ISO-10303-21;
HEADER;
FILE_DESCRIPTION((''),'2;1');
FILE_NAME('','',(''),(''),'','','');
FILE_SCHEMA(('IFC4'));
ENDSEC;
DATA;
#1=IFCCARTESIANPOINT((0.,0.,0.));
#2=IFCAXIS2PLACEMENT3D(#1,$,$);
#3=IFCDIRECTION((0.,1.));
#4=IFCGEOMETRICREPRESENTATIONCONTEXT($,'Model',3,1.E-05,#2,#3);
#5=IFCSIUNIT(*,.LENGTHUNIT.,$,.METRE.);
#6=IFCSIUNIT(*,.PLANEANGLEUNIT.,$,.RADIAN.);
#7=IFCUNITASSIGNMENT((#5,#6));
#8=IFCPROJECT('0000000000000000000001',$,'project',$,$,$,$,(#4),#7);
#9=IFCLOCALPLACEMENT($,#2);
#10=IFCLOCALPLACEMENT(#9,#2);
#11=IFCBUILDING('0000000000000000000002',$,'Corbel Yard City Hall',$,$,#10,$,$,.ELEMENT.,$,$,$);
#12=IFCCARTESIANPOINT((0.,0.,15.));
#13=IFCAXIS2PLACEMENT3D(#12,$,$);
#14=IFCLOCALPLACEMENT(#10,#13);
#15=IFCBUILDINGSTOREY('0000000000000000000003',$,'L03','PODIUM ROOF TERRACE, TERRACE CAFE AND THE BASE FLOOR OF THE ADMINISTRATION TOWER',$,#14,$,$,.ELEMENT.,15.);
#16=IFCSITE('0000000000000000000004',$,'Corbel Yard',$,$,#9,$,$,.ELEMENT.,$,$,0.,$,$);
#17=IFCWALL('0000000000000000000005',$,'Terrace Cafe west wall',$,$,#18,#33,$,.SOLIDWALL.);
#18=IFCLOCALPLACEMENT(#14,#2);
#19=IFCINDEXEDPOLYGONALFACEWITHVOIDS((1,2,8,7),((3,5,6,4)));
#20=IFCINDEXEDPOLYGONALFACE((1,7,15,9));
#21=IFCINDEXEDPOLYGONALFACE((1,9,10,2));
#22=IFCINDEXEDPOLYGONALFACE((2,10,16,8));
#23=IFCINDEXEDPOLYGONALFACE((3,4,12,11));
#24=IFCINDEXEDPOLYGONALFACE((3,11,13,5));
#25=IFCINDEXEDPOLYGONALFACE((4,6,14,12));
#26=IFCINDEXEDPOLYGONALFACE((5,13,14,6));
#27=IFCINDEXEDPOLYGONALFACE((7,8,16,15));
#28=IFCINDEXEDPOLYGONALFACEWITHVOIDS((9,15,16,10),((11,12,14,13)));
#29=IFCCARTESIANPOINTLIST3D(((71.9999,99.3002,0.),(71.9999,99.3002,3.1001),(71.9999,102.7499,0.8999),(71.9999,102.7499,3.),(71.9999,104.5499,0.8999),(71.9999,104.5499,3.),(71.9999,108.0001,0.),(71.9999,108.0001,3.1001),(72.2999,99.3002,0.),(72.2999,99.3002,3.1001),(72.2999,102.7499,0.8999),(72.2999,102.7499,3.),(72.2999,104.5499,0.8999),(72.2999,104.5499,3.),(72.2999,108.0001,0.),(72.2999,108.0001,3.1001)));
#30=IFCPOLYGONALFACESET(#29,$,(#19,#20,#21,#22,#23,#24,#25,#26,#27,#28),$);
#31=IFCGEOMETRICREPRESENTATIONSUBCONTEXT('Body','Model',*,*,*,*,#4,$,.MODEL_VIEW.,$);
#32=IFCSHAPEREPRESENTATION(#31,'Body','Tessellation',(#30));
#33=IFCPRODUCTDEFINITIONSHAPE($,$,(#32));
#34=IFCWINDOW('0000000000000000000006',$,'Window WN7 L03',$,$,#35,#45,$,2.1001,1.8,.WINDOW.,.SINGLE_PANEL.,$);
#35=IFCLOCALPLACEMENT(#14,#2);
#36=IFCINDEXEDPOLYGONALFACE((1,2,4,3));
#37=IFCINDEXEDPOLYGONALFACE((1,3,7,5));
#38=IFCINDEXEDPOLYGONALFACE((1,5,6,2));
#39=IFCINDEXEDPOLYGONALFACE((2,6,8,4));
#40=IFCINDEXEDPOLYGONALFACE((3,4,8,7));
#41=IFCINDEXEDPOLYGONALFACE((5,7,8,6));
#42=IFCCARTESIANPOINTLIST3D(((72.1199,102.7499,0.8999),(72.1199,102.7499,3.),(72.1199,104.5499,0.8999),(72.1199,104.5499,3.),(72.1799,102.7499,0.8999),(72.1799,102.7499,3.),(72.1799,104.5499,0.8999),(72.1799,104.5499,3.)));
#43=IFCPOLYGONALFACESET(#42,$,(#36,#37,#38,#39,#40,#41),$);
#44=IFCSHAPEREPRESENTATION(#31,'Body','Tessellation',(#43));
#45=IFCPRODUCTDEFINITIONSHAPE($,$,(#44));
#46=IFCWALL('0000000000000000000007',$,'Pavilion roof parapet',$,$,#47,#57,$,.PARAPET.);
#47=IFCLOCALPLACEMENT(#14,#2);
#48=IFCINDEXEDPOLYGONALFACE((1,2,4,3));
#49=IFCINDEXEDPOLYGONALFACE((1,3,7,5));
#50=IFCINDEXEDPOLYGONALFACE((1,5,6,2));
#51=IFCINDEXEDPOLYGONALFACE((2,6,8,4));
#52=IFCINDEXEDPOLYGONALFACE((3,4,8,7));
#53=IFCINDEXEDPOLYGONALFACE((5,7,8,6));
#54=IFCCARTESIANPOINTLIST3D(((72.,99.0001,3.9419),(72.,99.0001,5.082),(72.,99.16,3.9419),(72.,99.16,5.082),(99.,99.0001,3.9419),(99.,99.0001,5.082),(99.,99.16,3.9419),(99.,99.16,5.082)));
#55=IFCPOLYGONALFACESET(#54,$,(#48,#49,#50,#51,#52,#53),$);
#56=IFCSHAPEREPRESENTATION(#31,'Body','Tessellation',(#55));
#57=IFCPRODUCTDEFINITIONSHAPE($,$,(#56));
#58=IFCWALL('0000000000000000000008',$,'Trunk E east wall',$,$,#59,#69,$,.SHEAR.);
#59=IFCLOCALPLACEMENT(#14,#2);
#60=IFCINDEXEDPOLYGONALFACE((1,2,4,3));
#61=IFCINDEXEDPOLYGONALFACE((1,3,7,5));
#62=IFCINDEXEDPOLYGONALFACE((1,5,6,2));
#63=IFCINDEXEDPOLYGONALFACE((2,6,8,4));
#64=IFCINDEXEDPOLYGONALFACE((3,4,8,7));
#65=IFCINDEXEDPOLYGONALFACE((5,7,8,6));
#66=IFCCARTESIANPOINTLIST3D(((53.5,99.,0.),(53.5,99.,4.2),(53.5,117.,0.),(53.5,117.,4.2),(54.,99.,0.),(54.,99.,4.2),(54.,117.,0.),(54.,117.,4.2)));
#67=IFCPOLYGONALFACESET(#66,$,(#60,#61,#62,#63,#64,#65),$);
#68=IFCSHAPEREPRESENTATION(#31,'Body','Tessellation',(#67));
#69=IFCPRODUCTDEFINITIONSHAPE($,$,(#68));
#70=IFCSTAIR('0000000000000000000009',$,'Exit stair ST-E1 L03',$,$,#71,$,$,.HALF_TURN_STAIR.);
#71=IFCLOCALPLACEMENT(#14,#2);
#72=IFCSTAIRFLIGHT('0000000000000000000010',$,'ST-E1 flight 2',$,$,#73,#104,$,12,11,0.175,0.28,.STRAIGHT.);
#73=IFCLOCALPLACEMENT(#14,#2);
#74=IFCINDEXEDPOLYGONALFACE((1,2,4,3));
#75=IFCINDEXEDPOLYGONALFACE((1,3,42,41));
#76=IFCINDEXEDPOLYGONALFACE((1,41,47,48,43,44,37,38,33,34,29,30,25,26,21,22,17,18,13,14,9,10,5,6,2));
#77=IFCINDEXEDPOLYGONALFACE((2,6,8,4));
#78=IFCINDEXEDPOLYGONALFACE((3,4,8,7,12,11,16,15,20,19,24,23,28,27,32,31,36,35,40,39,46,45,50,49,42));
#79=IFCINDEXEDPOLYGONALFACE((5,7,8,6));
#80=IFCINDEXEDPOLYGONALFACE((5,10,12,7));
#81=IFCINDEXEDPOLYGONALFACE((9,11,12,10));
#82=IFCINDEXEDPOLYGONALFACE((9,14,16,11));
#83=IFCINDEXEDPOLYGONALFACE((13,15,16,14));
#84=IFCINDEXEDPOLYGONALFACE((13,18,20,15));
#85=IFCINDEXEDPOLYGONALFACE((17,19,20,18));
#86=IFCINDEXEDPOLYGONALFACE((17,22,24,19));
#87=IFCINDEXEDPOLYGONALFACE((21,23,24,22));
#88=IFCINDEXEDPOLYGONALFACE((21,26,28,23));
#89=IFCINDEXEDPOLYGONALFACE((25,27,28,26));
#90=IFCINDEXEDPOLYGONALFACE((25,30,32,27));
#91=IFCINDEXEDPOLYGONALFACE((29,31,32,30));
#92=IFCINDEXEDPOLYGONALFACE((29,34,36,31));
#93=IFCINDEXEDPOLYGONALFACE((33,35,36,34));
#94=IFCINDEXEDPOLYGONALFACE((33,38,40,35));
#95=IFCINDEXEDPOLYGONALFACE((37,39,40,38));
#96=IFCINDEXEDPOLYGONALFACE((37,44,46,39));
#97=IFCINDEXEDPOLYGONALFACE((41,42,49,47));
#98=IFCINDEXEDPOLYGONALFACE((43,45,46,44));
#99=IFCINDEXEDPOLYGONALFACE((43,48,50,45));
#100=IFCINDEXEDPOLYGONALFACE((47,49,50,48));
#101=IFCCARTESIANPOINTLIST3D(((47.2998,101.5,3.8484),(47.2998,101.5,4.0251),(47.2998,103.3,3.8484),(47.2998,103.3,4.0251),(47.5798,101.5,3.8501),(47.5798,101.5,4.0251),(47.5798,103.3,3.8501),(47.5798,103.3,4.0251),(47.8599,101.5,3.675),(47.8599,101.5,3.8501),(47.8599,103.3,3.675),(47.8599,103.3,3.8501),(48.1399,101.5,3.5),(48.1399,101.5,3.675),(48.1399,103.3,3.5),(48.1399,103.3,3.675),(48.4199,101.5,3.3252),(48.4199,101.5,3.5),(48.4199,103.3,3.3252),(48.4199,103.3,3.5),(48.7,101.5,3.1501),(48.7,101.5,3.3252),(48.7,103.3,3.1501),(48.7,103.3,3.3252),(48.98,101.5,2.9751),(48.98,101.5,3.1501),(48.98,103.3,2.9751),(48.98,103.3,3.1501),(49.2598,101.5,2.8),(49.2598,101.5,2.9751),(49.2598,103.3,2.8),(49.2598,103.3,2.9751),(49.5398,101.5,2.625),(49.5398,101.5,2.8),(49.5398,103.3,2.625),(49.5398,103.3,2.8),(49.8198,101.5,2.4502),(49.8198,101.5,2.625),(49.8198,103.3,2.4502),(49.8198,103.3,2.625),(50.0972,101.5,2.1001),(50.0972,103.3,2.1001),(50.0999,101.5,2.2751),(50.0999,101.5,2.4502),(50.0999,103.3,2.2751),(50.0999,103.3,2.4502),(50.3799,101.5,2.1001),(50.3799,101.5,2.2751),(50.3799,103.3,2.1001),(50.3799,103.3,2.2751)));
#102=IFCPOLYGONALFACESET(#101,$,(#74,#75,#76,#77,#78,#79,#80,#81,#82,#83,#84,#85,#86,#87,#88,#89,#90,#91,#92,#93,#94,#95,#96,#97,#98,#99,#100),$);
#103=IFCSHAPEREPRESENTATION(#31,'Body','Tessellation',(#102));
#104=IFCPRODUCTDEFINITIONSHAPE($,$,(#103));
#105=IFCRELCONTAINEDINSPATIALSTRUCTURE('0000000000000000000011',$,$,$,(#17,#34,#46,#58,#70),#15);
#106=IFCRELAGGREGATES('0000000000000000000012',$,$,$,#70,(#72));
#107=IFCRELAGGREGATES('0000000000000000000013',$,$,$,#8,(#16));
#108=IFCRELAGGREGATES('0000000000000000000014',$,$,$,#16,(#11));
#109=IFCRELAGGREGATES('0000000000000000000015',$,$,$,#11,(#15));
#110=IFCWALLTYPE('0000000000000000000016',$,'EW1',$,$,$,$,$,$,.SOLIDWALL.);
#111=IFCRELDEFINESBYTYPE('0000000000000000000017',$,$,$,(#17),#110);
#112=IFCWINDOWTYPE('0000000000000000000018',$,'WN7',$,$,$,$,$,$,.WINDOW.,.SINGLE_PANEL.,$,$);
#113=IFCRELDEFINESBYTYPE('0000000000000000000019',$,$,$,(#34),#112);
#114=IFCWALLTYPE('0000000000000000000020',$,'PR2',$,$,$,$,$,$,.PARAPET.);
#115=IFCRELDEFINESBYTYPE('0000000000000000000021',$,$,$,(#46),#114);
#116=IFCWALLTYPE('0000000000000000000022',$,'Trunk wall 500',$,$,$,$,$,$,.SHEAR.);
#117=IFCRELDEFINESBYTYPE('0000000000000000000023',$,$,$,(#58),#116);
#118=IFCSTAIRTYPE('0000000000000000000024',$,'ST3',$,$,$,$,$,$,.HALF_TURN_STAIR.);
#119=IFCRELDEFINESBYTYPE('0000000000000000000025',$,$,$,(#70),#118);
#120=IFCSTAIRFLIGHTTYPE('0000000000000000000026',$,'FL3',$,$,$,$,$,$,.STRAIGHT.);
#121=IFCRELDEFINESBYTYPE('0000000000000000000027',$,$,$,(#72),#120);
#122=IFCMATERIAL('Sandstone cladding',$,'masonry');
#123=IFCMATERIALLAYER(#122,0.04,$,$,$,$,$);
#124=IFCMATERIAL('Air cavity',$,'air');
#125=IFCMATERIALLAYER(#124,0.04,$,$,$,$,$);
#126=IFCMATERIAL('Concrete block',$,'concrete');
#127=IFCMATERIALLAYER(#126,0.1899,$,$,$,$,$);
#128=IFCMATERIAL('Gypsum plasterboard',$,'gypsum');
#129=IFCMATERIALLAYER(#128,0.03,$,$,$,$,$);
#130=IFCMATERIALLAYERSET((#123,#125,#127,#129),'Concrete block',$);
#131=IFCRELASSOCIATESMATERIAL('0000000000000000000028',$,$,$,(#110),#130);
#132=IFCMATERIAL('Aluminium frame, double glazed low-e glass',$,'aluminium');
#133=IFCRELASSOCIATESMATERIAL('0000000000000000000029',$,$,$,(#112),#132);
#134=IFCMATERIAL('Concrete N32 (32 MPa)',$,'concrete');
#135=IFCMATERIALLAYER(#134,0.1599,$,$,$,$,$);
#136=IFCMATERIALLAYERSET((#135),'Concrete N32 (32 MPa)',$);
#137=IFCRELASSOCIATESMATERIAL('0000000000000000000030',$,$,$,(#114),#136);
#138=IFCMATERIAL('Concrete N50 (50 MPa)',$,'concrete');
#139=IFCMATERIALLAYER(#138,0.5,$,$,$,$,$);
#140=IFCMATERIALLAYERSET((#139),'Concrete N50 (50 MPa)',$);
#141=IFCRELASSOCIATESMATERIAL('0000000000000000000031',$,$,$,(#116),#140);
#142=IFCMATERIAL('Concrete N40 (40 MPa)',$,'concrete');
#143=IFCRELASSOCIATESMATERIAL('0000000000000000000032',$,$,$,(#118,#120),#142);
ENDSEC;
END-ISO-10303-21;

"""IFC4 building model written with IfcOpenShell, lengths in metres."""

from ifc_helpers import new_model, si_unit, direction, frame, frame_2d, origin, place, context, subcontext, project, spatial, polyline, rectangle, outline, extrude, material, layer, layer_set, type_object, element, fill, aggregate, save


model = new_model("IFC4")

# Units and contexts
model_context = context("Model", 3, precision=1e-05, world=origin(), true_north=direction((0.0, 1.0)))
body_context = subcontext(model_context, "Body", "Model", "MODEL_VIEW")
ifc_project = project(units=[si_unit("LENGTHUNIT", "METRE"), si_unit("PLANEANGLEUNIT", "RADIAN")], contexts=[model_context])

# Site, building, storey
site_placement = place(None, origin())
site = spatial("IfcSite", under=ifc_project, at=site_placement, Name="Corbel Yard", CompositionType="ELEMENT", RefElevation=0.0)
building_placement = place(site_placement, origin())
building = spatial("IfcBuilding", under=site, at=building_placement, Name="Corbel Yard City Hall", CompositionType="ELEMENT")
storey_placement = place(building_placement, frame((0.0, 0.0, 15.0)))
storey = spatial("IfcBuildingStorey", under=building, at=storey_placement, Name="L03", Description="PODIUM ROOF TERRACE, TERRACE CAFE AND THE BASE FLOOR OF THE ADMINISTRATION TOWER", CompositionType="ELEMENT", Elevation=15.0)

# Wall, opening, window
ifc_material_1 = material(Name="Sandstone cladding", Category="masonry")
ifc_layer_1 = layer(ifc_material_1, 0.04)
ifc_material_2 = material(Name="Air cavity", Category="air")
ifc_layer_2 = layer(ifc_material_2, 0.04)
ifc_material_3 = material(Name="Concrete block", Category="concrete")
ifc_layer_3 = layer(ifc_material_3, 0.1899)
ifc_material_4 = material(Name="Gypsum plasterboard", Category="gypsum")
ifc_layer_4 = layer(ifc_material_4, 0.03)
ifc_layer_set_1 = layer_set([ifc_layer_1, ifc_layer_2, ifc_layer_3, ifc_layer_4], Name="Concrete block")
wall_type_1 = type_object("IfcWallType", Name="EW1", PredefinedType="SOLIDWALL", material=ifc_layer_set_1)
wall_1_placement = place(storey_placement, frame((72.1499, 99.3, 0.0), z_axis=(0.0, 0.0, 1.0), x_axis=(0.0, 1.0, 0.0)))
wall_1 = element("IfcWall", 1, at=wall_1_placement, inside=storey, type_object=wall_type_1, Name="Terrace Cafe west wall", PredefinedType="SOLIDWALL", context=body_context, shape_type="SweptSolid", body=[
    extrude(rectangle(XDim=8.7, YDim=0.3, at=frame_2d((4.3501, 0.0))), origin(), (0.0, 0.0, 1.0), 3.1001),
])
opening_1_placement = place(wall_1_placement, frame((3.45, 0.0, 0.8999)))
opening_1 = element("IfcOpeningElement", 2, at=opening_1_placement, cuts=wall_1, PredefinedType="OPENING", context=body_context, shape_type="SweptSolid", body=[
    extrude(rectangle(XDim=1.8, YDim=2.1001, at=frame_2d((0.8999, 1.05))), frame((0.0, 0.1599, 0.0), z_axis=(0.0, -1.0, 0.0), x_axis=(1.0, 0.0, 0.0)), (0.0, 0.0, 1.0), 0.3201),
])
ifc_material_5 = material(Name="Aluminium frame, double glazed low-e glass", Category="aluminium")
window_type = type_object("IfcWindowType", Name="WN7", PartitioningType="SINGLE_PANEL", PredefinedType="WINDOW", material=ifc_material_5)
window_1_placement = place(opening_1_placement, origin())
window_1 = element("IfcWindow", 3, at=window_1_placement, inside=storey, type_object=window_type, Name="Window WN7 L03", OverallHeight=2.1001, OverallWidth=1.8, PartitioningType="SINGLE_PANEL", PredefinedType="WINDOW", context=body_context, shape_type="SweptSolid", body=[
    extrude(rectangle(XDim=1.8, YDim=2.1001, at=frame_2d((0.8999, 1.05))), frame((0.0, 0.03, 0.0), z_axis=(0.0, -1.0, 0.0), x_axis=(1.0, 0.0, 0.0)), (0.0, 0.0, 1.0), 0.0601),
])
fill(opening_1, window_1)

# Shared definitions
ifc_material_6 = material(Name="Concrete N40 (40 MPa)", Category="concrete")

# Walls
ifc_material_7 = material(Name="Concrete N32 (32 MPa)", Category="concrete")
ifc_layer_5 = layer(ifc_material_7, 0.1599)
ifc_layer_set_2 = layer_set([ifc_layer_5], Name="Concrete N32 (32 MPa)")
wall_type_2 = type_object("IfcWallType", Name="PR2", PredefinedType="PARAPET", material=ifc_layer_set_2)
wall_2_placement = place(storey_placement, frame((72.0, 99.0801, 3.9419), z_axis=(0.0, 0.0, 1.0), x_axis=(1.0, 0.0, 0.0)))
element("IfcWall", 4, at=wall_2_placement, inside=storey, type_object=wall_type_2, Name="Pavilion roof parapet", PredefinedType="PARAPET", context=body_context, shape_type="SweptSolid", body=[
    extrude(rectangle(XDim=27.0, YDim=0.1599, at=frame_2d((13.5, 0.0))), origin(), (0.0, 0.0, 1.0), 1.1401),
])
ifc_material_8 = material(Name="Concrete N50 (50 MPa)", Category="concrete")
ifc_layer_6 = layer(ifc_material_8, 0.5)
ifc_layer_set_3 = layer_set([ifc_layer_6], Name="Concrete N50 (50 MPa)")
wall_type_3 = type_object("IfcWallType", Name="Trunk wall 500", PredefinedType="SHEAR", material=ifc_layer_set_3)
wall_3_placement = place(storey_placement, frame((53.75, 99.0, 0.0), z_axis=(0.0, 0.0, 1.0), x_axis=(0.0, 1.0, 0.0)))
element("IfcWall", 5, at=wall_3_placement, inside=storey, type_object=wall_type_3, Name="Trunk E east wall", PredefinedType="SHEAR", context=body_context, shape_type="SweptSolid", body=[
    extrude(rectangle(XDim=18.0, YDim=0.5, at=frame_2d((9.0, 0.0))), origin(), (0.0, 0.0, 1.0), 4.2),
])

# Stair, stair flight
stair_type = type_object("IfcStairType", Name="ST3", PredefinedType="HALF_TURN_STAIR", material=ifc_material_6)
stair_placement = place(storey_placement, origin())
stair = element("IfcStair", 6, at=stair_placement, inside=storey, type_object=stair_type, Name="Exit stair ST-E1 L03", PredefinedType="HALF_TURN_STAIR")
stair_flight_type = type_object("IfcStairFlightType", Name="FL3", PredefinedType="STRAIGHT", material=ifc_material_6)
stair_flight_placement = place(storey_placement, frame((50.3799, 102.3999, 2.1001), z_axis=(0.0, 0.0, 1.0), x_axis=(-1.0, 0.0, 0.0)))
stair_flight = element("IfcStairFlight", 7, at=stair_flight_placement, type_object=stair_flight_type, Name="ST-E1 flight 2", NumberOfRisers=12, NumberOfTreads=11, PredefinedType="STRAIGHT", RiserHeight=0.175, TreadLength=0.28, context=body_context, shape_type="SweptSolid", body=[
    extrude(outline(polyline([(0.0, 0.0), (0.0, 0.175), (0.28, 0.175), (0.28, 0.3501), (0.5601, 0.3501), (0.5601, 0.5249), (0.8401, 0.5249), (0.8401, 0.7), (1.1201, 0.7), (1.1201, 0.875), (1.3999, 0.875), (1.3999, 1.05), (1.6799, 1.05), (1.6799, 1.2251), (1.96, 1.2251), (1.96, 1.3999), (2.24, 1.3999), (2.24, 1.575), (2.52, 1.575), (2.52, 1.75), (2.8, 1.75), (2.8, 1.925), (3.0801, 1.925), (3.0801, 2.1001), (3.0801, 1.7483), (0.2827, 0.0), (0.0, 0.0)])), frame((0.0, 0.8999, 0.0), z_axis=(0.0, -1.0, 0.0), x_axis=(1.0, 0.0, 0.0)), (0.0, 0.0, 1.0), 1.8),
])
aggregate(stair, [stair_flight])

save(model, "model.ifc")
